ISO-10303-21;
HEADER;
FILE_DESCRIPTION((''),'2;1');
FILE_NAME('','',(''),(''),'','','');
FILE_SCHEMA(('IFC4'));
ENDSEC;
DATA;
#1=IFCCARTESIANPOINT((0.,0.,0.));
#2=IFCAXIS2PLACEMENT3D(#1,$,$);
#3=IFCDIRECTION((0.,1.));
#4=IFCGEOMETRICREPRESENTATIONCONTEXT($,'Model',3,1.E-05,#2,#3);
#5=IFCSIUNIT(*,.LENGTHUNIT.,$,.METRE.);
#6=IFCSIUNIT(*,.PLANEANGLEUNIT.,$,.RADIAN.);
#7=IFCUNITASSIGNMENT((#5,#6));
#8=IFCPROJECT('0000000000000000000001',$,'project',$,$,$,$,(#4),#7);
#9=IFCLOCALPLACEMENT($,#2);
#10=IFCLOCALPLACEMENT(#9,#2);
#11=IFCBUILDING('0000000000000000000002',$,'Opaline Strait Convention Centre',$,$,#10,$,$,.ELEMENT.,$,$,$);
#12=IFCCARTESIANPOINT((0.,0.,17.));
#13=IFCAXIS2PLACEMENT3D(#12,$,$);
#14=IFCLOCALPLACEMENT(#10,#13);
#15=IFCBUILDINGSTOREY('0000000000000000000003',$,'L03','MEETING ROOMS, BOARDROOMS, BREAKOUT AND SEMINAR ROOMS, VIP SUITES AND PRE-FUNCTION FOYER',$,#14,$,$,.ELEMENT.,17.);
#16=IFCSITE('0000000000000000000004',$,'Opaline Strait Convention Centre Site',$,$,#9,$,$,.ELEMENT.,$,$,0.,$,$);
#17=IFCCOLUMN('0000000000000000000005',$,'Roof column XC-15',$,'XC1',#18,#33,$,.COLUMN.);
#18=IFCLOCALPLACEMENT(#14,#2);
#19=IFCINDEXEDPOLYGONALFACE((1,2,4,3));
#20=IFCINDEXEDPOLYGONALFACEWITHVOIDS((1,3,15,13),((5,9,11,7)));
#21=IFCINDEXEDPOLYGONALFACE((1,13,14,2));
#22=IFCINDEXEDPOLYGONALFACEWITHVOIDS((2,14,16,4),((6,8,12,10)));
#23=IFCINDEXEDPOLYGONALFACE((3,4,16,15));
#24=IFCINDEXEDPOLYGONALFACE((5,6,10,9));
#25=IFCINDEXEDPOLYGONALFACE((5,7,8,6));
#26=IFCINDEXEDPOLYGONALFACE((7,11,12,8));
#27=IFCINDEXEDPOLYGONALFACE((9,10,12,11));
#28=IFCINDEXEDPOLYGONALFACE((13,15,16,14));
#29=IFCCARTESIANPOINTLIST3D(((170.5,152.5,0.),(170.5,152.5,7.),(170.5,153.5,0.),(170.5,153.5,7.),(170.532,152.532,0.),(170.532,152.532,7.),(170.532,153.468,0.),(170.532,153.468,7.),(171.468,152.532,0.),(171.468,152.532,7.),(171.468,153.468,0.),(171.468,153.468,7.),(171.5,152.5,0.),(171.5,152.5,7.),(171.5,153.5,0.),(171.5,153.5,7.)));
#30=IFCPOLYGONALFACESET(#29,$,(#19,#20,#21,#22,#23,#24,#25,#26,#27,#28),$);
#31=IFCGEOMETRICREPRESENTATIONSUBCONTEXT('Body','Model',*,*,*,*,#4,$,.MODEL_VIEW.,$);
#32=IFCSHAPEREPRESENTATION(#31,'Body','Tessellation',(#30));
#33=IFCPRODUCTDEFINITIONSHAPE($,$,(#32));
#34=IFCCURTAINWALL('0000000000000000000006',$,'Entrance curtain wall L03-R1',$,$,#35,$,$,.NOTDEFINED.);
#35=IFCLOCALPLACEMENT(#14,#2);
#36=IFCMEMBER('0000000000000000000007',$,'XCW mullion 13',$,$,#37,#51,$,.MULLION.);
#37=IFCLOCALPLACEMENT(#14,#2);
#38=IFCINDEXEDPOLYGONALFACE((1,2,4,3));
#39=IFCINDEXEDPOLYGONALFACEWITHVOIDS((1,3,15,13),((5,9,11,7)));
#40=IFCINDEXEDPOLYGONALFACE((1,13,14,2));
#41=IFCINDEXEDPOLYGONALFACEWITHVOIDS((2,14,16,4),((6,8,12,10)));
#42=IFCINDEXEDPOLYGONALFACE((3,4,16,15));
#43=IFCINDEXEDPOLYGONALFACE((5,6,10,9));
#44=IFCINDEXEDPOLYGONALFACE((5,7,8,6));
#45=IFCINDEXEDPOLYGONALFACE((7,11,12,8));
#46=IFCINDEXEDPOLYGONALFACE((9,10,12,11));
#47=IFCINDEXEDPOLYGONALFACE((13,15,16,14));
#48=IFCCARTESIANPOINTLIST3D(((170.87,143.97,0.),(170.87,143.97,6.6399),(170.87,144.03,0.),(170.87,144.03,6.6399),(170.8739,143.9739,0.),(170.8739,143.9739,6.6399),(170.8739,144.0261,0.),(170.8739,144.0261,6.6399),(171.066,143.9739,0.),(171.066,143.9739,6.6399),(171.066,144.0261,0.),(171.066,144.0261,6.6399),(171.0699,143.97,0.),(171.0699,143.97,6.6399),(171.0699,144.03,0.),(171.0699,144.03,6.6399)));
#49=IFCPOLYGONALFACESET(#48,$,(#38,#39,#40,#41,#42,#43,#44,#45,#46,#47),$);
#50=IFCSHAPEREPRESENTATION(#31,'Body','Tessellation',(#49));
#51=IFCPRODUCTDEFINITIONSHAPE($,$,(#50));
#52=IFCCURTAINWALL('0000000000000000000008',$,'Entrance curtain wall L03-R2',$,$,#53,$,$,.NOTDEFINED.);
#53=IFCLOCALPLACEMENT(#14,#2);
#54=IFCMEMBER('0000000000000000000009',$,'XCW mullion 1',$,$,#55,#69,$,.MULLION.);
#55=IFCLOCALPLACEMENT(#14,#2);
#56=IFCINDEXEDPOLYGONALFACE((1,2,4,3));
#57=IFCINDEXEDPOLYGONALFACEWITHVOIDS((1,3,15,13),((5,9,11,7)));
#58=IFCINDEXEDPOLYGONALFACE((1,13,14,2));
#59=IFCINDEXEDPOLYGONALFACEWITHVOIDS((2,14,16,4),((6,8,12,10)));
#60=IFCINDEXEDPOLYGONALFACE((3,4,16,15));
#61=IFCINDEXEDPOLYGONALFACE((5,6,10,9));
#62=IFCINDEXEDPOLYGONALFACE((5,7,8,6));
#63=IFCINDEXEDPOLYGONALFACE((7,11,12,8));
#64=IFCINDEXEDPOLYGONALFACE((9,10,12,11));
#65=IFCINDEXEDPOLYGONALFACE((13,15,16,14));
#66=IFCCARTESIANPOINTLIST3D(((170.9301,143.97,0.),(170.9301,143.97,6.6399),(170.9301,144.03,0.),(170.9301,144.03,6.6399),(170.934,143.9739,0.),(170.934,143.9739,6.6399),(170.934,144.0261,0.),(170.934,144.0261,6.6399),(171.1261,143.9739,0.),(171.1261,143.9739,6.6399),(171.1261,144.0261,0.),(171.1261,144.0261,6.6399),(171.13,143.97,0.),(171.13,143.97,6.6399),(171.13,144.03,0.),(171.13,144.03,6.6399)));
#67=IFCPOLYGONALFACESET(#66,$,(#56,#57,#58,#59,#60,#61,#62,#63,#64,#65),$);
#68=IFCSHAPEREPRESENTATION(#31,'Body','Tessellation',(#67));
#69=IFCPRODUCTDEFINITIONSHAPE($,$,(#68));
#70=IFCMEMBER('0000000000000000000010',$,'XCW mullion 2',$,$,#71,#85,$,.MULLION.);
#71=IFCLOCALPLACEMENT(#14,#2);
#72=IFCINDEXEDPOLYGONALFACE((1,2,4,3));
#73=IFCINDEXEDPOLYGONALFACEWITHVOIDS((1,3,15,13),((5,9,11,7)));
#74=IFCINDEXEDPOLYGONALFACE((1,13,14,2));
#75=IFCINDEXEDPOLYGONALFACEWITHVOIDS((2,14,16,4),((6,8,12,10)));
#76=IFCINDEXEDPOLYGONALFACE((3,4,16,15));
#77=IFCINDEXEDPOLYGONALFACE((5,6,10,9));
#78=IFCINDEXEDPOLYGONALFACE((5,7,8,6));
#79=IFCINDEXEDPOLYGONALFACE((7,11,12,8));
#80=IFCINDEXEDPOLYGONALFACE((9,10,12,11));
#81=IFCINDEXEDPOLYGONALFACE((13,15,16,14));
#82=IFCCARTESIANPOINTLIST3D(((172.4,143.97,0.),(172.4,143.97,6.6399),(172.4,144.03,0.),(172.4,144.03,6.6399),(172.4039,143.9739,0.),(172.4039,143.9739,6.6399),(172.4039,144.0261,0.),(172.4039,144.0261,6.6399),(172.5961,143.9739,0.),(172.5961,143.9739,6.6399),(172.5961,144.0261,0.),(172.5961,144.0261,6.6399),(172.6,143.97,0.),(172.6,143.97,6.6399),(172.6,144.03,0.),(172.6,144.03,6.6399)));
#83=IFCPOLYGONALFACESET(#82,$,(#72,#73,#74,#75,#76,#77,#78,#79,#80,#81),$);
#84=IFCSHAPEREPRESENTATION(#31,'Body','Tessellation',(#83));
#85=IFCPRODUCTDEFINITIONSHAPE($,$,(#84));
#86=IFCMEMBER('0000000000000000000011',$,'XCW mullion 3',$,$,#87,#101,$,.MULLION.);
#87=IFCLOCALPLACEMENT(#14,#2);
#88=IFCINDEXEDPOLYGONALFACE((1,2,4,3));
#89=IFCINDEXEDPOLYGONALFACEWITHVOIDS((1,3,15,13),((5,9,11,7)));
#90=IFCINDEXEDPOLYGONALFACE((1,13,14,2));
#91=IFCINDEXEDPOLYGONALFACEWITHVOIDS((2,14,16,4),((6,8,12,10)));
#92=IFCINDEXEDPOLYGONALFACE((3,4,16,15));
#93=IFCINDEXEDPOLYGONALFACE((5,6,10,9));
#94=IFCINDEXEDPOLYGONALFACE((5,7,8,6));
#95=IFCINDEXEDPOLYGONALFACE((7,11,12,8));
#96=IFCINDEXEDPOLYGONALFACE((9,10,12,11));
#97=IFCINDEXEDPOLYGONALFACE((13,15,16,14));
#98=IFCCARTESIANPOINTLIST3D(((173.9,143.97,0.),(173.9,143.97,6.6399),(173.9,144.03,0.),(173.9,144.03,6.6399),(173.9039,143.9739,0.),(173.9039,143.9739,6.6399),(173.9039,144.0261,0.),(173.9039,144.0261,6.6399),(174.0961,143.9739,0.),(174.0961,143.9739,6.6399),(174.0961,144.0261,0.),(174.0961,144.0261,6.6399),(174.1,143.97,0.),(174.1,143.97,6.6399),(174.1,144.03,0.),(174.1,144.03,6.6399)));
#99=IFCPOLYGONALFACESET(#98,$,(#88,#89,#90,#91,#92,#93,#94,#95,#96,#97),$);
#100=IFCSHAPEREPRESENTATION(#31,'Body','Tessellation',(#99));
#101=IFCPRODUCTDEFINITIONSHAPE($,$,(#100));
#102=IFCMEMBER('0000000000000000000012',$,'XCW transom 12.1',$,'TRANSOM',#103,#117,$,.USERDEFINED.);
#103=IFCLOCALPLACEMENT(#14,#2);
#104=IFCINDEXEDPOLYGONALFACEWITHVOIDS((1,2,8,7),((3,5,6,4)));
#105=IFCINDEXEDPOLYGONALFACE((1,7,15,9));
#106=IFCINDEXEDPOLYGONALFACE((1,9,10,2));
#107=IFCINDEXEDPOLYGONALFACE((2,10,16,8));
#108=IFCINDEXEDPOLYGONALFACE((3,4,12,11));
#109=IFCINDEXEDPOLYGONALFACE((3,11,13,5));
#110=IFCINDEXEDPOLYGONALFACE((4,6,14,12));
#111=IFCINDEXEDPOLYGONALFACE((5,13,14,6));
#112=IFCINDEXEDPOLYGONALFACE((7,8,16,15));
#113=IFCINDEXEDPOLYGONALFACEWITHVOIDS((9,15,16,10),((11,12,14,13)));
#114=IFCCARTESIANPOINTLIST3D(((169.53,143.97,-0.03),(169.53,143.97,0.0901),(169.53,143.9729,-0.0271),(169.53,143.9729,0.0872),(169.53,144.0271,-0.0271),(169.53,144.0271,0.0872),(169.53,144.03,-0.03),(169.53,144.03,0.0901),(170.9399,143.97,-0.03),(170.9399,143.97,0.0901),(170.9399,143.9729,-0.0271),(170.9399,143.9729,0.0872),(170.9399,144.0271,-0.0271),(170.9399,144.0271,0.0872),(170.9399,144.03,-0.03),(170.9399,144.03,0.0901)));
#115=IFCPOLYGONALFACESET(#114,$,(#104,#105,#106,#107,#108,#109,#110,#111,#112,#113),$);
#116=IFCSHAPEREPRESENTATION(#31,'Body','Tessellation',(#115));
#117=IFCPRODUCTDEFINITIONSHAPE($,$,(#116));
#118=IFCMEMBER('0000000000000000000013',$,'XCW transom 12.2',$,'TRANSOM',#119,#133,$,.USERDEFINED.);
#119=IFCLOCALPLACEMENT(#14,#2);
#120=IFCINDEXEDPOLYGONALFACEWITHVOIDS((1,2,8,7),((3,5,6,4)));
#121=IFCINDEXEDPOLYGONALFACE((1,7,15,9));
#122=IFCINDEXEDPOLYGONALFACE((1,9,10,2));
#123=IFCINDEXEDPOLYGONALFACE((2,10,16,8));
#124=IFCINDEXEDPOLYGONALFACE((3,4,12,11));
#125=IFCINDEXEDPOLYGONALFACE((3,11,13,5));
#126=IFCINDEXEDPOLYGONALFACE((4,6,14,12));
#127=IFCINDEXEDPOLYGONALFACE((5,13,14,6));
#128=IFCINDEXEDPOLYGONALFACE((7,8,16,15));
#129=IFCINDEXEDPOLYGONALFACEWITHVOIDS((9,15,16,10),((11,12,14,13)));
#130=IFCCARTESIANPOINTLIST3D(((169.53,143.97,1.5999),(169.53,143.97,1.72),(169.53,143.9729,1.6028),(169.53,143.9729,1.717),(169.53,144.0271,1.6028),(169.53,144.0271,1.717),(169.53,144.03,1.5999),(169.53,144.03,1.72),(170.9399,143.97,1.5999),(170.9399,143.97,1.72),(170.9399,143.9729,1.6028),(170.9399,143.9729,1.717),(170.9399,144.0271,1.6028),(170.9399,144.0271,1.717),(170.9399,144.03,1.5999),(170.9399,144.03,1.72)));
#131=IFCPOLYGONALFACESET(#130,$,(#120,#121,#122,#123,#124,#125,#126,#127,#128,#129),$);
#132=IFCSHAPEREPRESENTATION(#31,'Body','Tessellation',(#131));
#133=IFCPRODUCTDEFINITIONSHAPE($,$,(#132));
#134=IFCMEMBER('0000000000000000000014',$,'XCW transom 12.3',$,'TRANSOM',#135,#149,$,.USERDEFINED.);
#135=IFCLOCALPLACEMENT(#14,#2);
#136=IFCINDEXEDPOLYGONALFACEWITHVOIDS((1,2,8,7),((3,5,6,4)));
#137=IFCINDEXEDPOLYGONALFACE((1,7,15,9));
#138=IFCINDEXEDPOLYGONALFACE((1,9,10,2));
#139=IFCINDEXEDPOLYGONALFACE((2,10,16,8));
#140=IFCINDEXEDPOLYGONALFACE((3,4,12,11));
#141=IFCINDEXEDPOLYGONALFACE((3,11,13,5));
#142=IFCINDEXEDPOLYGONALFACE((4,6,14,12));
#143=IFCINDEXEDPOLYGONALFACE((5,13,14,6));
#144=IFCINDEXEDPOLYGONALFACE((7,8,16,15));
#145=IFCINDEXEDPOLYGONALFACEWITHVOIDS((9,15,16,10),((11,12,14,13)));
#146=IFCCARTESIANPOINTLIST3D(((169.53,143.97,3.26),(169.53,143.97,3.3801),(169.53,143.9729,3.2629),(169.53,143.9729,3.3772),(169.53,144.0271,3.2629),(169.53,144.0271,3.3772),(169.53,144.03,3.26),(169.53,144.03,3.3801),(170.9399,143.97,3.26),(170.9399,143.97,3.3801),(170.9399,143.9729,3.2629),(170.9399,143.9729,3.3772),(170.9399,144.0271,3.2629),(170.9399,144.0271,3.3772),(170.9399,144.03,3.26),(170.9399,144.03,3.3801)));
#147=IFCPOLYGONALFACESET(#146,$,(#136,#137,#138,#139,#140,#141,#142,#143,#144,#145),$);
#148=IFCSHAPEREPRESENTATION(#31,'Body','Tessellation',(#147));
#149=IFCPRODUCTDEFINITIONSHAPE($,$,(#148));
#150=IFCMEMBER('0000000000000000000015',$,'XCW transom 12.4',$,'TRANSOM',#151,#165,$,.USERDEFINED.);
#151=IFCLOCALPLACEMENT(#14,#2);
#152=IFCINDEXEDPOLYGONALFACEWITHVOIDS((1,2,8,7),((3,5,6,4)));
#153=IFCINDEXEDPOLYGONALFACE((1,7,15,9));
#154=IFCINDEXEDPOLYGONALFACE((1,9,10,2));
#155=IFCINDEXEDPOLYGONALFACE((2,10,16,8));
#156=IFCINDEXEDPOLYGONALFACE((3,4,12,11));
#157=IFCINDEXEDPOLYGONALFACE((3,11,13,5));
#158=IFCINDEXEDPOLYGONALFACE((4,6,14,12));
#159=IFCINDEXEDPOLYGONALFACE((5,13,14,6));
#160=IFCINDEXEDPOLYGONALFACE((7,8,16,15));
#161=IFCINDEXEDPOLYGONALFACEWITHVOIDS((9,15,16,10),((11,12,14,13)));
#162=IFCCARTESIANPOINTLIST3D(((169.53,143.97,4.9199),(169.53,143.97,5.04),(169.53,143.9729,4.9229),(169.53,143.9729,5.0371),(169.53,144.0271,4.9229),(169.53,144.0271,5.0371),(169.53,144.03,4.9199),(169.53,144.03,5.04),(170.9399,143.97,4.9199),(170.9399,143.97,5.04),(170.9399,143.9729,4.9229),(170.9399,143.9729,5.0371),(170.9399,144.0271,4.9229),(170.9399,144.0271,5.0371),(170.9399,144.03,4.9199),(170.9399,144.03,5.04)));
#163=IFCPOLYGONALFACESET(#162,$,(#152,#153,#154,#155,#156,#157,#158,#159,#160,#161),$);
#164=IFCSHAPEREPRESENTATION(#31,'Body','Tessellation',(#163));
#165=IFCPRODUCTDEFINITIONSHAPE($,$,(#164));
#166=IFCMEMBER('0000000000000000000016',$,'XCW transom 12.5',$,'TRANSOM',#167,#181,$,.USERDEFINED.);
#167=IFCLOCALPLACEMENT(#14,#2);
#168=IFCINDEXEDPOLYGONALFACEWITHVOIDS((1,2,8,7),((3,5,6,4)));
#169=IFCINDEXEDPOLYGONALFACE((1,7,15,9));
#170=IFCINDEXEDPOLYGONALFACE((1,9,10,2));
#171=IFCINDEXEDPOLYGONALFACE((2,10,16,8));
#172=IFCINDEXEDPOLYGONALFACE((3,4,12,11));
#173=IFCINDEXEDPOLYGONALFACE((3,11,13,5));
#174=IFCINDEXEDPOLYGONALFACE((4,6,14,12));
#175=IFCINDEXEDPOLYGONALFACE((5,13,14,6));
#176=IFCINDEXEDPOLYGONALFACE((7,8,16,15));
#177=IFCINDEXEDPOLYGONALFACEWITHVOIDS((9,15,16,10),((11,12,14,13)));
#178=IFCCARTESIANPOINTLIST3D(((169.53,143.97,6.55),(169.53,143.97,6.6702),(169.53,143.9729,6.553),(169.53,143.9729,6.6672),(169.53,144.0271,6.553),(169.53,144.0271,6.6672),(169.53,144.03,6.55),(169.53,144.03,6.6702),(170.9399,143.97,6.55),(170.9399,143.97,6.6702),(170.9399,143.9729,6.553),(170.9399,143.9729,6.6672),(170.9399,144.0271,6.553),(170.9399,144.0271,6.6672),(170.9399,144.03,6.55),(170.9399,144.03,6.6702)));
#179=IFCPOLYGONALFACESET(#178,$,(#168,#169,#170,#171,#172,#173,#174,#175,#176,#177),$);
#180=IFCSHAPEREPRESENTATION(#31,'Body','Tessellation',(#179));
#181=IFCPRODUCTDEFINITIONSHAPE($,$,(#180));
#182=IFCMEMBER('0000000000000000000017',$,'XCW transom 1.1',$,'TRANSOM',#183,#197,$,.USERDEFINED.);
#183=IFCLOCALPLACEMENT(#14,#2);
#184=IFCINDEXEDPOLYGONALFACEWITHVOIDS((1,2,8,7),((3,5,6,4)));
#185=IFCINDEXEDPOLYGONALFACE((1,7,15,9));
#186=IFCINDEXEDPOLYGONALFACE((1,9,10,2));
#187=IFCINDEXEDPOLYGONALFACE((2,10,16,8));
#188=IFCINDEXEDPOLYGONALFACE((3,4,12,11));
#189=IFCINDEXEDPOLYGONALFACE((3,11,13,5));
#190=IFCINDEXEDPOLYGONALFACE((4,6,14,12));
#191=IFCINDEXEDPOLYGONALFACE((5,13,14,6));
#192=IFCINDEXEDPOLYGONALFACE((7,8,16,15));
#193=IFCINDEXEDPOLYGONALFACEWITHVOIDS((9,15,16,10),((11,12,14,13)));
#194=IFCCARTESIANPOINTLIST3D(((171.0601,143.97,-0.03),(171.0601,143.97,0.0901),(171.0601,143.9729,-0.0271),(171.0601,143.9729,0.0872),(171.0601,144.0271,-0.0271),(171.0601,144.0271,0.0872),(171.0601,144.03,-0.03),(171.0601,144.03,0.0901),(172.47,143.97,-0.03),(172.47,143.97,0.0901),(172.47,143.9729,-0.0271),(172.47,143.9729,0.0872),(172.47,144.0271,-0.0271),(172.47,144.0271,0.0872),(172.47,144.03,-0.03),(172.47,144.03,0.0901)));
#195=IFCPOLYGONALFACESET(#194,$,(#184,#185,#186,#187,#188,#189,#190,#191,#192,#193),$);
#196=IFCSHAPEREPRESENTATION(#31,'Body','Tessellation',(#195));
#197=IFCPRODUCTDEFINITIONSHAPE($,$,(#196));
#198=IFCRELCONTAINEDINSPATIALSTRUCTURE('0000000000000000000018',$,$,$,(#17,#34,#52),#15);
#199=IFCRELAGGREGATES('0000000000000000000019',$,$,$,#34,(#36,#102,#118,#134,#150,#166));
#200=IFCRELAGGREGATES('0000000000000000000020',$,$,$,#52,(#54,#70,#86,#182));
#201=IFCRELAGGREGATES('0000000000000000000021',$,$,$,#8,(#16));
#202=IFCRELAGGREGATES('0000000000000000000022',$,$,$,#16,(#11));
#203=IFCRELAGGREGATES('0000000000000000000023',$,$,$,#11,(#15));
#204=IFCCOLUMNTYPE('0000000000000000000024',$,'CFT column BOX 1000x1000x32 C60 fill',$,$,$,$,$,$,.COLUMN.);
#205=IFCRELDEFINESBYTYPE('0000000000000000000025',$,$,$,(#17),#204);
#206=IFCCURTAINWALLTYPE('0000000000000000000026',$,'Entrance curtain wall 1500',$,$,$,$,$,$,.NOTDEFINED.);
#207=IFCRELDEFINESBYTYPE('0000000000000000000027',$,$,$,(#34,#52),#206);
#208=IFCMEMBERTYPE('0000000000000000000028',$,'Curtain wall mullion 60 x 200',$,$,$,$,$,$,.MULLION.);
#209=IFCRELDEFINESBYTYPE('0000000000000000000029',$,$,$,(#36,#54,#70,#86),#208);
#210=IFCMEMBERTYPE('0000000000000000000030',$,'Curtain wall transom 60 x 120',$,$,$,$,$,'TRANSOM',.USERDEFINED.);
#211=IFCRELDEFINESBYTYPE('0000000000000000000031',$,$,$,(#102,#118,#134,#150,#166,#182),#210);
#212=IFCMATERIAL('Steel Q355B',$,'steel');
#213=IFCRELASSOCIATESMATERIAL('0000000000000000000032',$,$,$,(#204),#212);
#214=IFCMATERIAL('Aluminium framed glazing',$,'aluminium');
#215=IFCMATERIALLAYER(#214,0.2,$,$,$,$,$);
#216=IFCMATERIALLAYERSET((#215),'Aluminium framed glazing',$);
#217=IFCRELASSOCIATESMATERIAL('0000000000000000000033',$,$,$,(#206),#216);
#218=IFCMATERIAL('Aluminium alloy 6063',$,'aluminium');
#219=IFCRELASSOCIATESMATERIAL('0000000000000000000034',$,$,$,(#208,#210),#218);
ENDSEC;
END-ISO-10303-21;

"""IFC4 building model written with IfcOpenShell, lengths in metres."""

from ifc_helpers import new_model, si_unit, direction, frame, origin, origin_2d, place, context, subcontext, project, spatial, hollow_rectangle, extrude, material, layer, layer_set, material_profile, profile_set, type_object, element, aggregate, save


model = new_model("IFC4")

# Units and contexts
model_context = context("Model", 3, precision=1e-05, world=origin(), true_north=direction((0.0, 1.0)))
body_context = subcontext(model_context, "Body", "Model", "MODEL_VIEW")
ifc_project = project(units=[si_unit("LENGTHUNIT", "METRE"), si_unit("PLANEANGLEUNIT", "RADIAN")], contexts=[model_context])

# Site, building, storey
site_placement = place(None, origin())
site = spatial("IfcSite", under=ifc_project, at=site_placement, Name="Opaline Strait Convention Centre Site", CompositionType="ELEMENT", RefElevation=0.0)
building_placement = place(site_placement, origin())
building = spatial("IfcBuilding", under=site, at=building_placement, Name="Opaline Strait Convention Centre", CompositionType="ELEMENT")
storey_placement = place(building_placement, frame((0.0, 0.0, 17.0)))
storey = spatial("IfcBuildingStorey", under=building, at=storey_placement, Name="L03", Description="MEETING ROOMS, BOARDROOMS, BREAKOUT AND SEMINAR ROOMS, VIP SUITES AND PRE-FUNCTION FOYER", CompositionType="ELEMENT", Elevation=17.0)

# Column
ifc_material_1 = material(Name="Steel Q355B", Category="steel")
ifc_material_profile_1 = material_profile(ifc_material_1, hollow_rectangle(XDim=1.0, YDim=1.0, WallThickness=0.032, at=origin_2d()), Name="BOX 1000x1000x32")
ifc_profile_set_1 = profile_set([ifc_material_profile_1], Name="Steel Q355B")
column_type = type_object("IfcColumnType", Name="CFT column BOX 1000x1000x32 C60 fill", PredefinedType="COLUMN", material=ifc_profile_set_1)
column_placement = place(storey_placement, frame((171.0, 153.0, 0.0), z_axis=(0.0, 0.0, 1.0), x_axis=(1.0, 0.0, 0.0)))
element("IfcColumn", 1, at=column_placement, inside=storey, type_object=column_type, Name="Roof column XC-15", ObjectType="XC1", PredefinedType="COLUMN", context=body_context, shape_type="SweptSolid", body=[
    extrude(hollow_rectangle(XDim=1.0, YDim=1.0, WallThickness=0.032, at=origin_2d()), origin(), (0.0, 0.0, 1.0), 7.0),
])

# Curtain wall, member
ifc_material_2 = material(Name="Aluminium framed glazing", Category="aluminium")
ifc_layer_1 = layer(ifc_material_2, 0.2)
ifc_layer_set_1 = layer_set([ifc_layer_1], Name="Aluminium framed glazing")
curtain_wall_type = type_object("IfcCurtainWallType", Name="Entrance curtain wall 1500", PredefinedType="NOTDEFINED", material=ifc_layer_set_1)
curtain_wall_1_placement = place(storey_placement, origin())
curtain_wall_1 = element("IfcCurtainWall", 2, at=curtain_wall_1_placement, inside=storey, type_object=curtain_wall_type, Name="Entrance curtain wall L03-R1", PredefinedType="NOTDEFINED")
ifc_material_3 = material(Name="Aluminium alloy 6063", Category="aluminium")
ifc_material_profile_2 = material_profile(ifc_material_3, hollow_rectangle(XDim=0.0601, YDim=0.2, WallThickness=0.0039, at=origin_2d()), Name="MULLION 60x200x4")
ifc_profile_set_2 = profile_set([ifc_material_profile_2], Name="Aluminium alloy 6063")
member_type_1 = type_object("IfcMemberType", Name="Curtain wall mullion 60 x 200", PredefinedType="MULLION", material=ifc_profile_set_2)
member_1_placement = place(storey_placement, frame((170.97, 144.0, 0.0), z_axis=(0.0, 0.0, 1.0), x_axis=(0.0, 1.0, 0.0)))
member_1 = element("IfcMember", 3, at=member_1_placement, type_object=member_type_1, Name="XCW mullion 13", PredefinedType="MULLION", context=body_context, shape_type="SweptSolid", body=[
    extrude(hollow_rectangle(XDim=0.0601, YDim=0.2, WallThickness=0.0039, at=origin_2d()), origin(), (0.0, 0.0, 1.0), 6.6399),
])

# Curtain wall, members
curtain_wall_2_placement = place(storey_placement, origin())
curtain_wall_2 = element("IfcCurtainWall", 4, at=curtain_wall_2_placement, inside=storey, type_object=curtain_wall_type, Name="Entrance curtain wall L03-R2", PredefinedType="NOTDEFINED")
member_2_placement = place(storey_placement, frame((171.03, 144.0, 0.0), z_axis=(0.0, 0.0, 1.0), x_axis=(0.0, 1.0, 0.0)))
member_2 = element("IfcMember", 5, at=member_2_placement, type_object=member_type_1, Name="XCW mullion 1", PredefinedType="MULLION", context=body_context, shape_type="SweptSolid", body=[
    extrude(hollow_rectangle(XDim=0.0601, YDim=0.2, WallThickness=0.0039, at=origin_2d()), origin(), (0.0, 0.0, 1.0), 6.6399),
])
member_3_placement = place(storey_placement, frame((172.5, 144.0, 0.0), z_axis=(0.0, 0.0, 1.0), x_axis=(0.0, 1.0, 0.0)))
member_3 = element("IfcMember", 6, at=member_3_placement, type_object=member_type_1, Name="XCW mullion 2", PredefinedType="MULLION", context=body_context, shape_type="SweptSolid", body=[
    extrude(hollow_rectangle(XDim=0.0601, YDim=0.2, WallThickness=0.0039, at=origin_2d()), origin(), (0.0, 0.0, 1.0), 6.6399),
])
member_4_placement = place(storey_placement, frame((174.0, 144.0, 0.0), z_axis=(0.0, 0.0, 1.0), x_axis=(0.0, 1.0, 0.0)))
member_4 = element("IfcMember", 7, at=member_4_placement, type_object=member_type_1, Name="XCW mullion 3", PredefinedType="MULLION", context=body_context, shape_type="SweptSolid", body=[
    extrude(hollow_rectangle(XDim=0.0601, YDim=0.2, WallThickness=0.0039, at=origin_2d()), origin(), (0.0, 0.0, 1.0), 6.6399),
])

# Members
ifc_material_profile_3 = material_profile(ifc_material_3, hollow_rectangle(XDim=0.0601, YDim=0.1201, WallThickness=0.0029, at=origin_2d()), Name="TRANSOM 60x120x3")
ifc_profile_set_3 = profile_set([ifc_material_profile_3], Name="Aluminium alloy 6063")
member_type_2 = type_object("IfcMemberType", Name="Curtain wall transom 60 x 120", ElementType="TRANSOM", PredefinedType="USERDEFINED", material=ifc_profile_set_3)
member_5_placement = place(storey_placement, frame((169.53, 144.0, 0.03), z_axis=(1.0, 0.0, 0.0), x_axis=(0.0, 1.0, 0.0)))
member_5 = element("IfcMember", 8, at=member_5_placement, type_object=member_type_2, Name="XCW transom 12.1", ObjectType="TRANSOM", PredefinedType="USERDEFINED", context=body_context, shape_type="SweptSolid", body=[
    extrude(hollow_rectangle(XDim=0.0601, YDim=0.1201, WallThickness=0.0029, at=origin_2d()), origin(), (0.0, 0.0, 1.0), 1.4099),
])
member_6_placement = place(storey_placement, frame((169.53, 144.0, 1.6599), z_axis=(1.0, 0.0, 0.0), x_axis=(0.0, 1.0, 0.0)))
member_6 = element("IfcMember", 9, at=member_6_placement, type_object=member_type_2, Name="XCW transom 12.2", ObjectType="TRANSOM", PredefinedType="USERDEFINED", context=body_context, shape_type="SweptSolid", body=[
    extrude(hollow_rectangle(XDim=0.0601, YDim=0.1201, WallThickness=0.0029, at=origin_2d()), origin(), (0.0, 0.0, 1.0), 1.4099),
])
member_7_placement = place(storey_placement, frame((169.53, 144.0, 3.3201), z_axis=(1.0, 0.0, 0.0), x_axis=(0.0, 1.0, 0.0)))
member_7 = element("IfcMember", 10, at=member_7_placement, type_object=member_type_2, Name="XCW transom 12.3", ObjectType="TRANSOM", PredefinedType="USERDEFINED", context=body_context, shape_type="SweptSolid", body=[
    extrude(hollow_rectangle(XDim=0.0601, YDim=0.1201, WallThickness=0.0029, at=origin_2d()), origin(), (0.0, 0.0, 1.0), 1.4099),
])
member_8_placement = place(storey_placement, frame((169.53, 144.0, 4.98), z_axis=(1.0, 0.0, 0.0), x_axis=(0.0, 1.0, 0.0)))
member_8 = element("IfcMember", 11, at=member_8_placement, type_object=member_type_2, Name="XCW transom 12.4", ObjectType="TRANSOM", PredefinedType="USERDEFINED", context=body_context, shape_type="SweptSolid", body=[
    extrude(hollow_rectangle(XDim=0.0601, YDim=0.1201, WallThickness=0.0029, at=origin_2d()), origin(), (0.0, 0.0, 1.0), 1.4099),
])
member_9_placement = place(storey_placement, frame((169.53, 144.0, 6.6101), z_axis=(1.0, 0.0, 0.0), x_axis=(0.0, 1.0, 0.0)))
member_9 = element("IfcMember", 12, at=member_9_placement, type_object=member_type_2, Name="XCW transom 12.5", ObjectType="TRANSOM", PredefinedType="USERDEFINED", context=body_context, shape_type="SweptSolid", body=[
    extrude(hollow_rectangle(XDim=0.0601, YDim=0.1201, WallThickness=0.0029, at=origin_2d()), origin(), (0.0, 0.0, 1.0), 1.4099),
])
member_10_placement = place(storey_placement, frame((171.0601, 144.0, 0.03), z_axis=(1.0, 0.0, 0.0), x_axis=(0.0, 1.0, 0.0)))
member_10 = element("IfcMember", 13, at=member_10_placement, type_object=member_type_2, Name="XCW transom 1.1", ObjectType="TRANSOM", PredefinedType="USERDEFINED", context=body_context, shape_type="SweptSolid", body=[
    extrude(hollow_rectangle(XDim=0.0601, YDim=0.1201, WallThickness=0.0029, at=origin_2d()), origin(), (0.0, 0.0, 1.0), 1.4099),
])

aggregate(curtain_wall_1, [member_1, member_5, member_6, member_7, member_8, member_9])
aggregate(curtain_wall_2, [member_2, member_3, member_4, member_10])

save(model, "model.ifc")
